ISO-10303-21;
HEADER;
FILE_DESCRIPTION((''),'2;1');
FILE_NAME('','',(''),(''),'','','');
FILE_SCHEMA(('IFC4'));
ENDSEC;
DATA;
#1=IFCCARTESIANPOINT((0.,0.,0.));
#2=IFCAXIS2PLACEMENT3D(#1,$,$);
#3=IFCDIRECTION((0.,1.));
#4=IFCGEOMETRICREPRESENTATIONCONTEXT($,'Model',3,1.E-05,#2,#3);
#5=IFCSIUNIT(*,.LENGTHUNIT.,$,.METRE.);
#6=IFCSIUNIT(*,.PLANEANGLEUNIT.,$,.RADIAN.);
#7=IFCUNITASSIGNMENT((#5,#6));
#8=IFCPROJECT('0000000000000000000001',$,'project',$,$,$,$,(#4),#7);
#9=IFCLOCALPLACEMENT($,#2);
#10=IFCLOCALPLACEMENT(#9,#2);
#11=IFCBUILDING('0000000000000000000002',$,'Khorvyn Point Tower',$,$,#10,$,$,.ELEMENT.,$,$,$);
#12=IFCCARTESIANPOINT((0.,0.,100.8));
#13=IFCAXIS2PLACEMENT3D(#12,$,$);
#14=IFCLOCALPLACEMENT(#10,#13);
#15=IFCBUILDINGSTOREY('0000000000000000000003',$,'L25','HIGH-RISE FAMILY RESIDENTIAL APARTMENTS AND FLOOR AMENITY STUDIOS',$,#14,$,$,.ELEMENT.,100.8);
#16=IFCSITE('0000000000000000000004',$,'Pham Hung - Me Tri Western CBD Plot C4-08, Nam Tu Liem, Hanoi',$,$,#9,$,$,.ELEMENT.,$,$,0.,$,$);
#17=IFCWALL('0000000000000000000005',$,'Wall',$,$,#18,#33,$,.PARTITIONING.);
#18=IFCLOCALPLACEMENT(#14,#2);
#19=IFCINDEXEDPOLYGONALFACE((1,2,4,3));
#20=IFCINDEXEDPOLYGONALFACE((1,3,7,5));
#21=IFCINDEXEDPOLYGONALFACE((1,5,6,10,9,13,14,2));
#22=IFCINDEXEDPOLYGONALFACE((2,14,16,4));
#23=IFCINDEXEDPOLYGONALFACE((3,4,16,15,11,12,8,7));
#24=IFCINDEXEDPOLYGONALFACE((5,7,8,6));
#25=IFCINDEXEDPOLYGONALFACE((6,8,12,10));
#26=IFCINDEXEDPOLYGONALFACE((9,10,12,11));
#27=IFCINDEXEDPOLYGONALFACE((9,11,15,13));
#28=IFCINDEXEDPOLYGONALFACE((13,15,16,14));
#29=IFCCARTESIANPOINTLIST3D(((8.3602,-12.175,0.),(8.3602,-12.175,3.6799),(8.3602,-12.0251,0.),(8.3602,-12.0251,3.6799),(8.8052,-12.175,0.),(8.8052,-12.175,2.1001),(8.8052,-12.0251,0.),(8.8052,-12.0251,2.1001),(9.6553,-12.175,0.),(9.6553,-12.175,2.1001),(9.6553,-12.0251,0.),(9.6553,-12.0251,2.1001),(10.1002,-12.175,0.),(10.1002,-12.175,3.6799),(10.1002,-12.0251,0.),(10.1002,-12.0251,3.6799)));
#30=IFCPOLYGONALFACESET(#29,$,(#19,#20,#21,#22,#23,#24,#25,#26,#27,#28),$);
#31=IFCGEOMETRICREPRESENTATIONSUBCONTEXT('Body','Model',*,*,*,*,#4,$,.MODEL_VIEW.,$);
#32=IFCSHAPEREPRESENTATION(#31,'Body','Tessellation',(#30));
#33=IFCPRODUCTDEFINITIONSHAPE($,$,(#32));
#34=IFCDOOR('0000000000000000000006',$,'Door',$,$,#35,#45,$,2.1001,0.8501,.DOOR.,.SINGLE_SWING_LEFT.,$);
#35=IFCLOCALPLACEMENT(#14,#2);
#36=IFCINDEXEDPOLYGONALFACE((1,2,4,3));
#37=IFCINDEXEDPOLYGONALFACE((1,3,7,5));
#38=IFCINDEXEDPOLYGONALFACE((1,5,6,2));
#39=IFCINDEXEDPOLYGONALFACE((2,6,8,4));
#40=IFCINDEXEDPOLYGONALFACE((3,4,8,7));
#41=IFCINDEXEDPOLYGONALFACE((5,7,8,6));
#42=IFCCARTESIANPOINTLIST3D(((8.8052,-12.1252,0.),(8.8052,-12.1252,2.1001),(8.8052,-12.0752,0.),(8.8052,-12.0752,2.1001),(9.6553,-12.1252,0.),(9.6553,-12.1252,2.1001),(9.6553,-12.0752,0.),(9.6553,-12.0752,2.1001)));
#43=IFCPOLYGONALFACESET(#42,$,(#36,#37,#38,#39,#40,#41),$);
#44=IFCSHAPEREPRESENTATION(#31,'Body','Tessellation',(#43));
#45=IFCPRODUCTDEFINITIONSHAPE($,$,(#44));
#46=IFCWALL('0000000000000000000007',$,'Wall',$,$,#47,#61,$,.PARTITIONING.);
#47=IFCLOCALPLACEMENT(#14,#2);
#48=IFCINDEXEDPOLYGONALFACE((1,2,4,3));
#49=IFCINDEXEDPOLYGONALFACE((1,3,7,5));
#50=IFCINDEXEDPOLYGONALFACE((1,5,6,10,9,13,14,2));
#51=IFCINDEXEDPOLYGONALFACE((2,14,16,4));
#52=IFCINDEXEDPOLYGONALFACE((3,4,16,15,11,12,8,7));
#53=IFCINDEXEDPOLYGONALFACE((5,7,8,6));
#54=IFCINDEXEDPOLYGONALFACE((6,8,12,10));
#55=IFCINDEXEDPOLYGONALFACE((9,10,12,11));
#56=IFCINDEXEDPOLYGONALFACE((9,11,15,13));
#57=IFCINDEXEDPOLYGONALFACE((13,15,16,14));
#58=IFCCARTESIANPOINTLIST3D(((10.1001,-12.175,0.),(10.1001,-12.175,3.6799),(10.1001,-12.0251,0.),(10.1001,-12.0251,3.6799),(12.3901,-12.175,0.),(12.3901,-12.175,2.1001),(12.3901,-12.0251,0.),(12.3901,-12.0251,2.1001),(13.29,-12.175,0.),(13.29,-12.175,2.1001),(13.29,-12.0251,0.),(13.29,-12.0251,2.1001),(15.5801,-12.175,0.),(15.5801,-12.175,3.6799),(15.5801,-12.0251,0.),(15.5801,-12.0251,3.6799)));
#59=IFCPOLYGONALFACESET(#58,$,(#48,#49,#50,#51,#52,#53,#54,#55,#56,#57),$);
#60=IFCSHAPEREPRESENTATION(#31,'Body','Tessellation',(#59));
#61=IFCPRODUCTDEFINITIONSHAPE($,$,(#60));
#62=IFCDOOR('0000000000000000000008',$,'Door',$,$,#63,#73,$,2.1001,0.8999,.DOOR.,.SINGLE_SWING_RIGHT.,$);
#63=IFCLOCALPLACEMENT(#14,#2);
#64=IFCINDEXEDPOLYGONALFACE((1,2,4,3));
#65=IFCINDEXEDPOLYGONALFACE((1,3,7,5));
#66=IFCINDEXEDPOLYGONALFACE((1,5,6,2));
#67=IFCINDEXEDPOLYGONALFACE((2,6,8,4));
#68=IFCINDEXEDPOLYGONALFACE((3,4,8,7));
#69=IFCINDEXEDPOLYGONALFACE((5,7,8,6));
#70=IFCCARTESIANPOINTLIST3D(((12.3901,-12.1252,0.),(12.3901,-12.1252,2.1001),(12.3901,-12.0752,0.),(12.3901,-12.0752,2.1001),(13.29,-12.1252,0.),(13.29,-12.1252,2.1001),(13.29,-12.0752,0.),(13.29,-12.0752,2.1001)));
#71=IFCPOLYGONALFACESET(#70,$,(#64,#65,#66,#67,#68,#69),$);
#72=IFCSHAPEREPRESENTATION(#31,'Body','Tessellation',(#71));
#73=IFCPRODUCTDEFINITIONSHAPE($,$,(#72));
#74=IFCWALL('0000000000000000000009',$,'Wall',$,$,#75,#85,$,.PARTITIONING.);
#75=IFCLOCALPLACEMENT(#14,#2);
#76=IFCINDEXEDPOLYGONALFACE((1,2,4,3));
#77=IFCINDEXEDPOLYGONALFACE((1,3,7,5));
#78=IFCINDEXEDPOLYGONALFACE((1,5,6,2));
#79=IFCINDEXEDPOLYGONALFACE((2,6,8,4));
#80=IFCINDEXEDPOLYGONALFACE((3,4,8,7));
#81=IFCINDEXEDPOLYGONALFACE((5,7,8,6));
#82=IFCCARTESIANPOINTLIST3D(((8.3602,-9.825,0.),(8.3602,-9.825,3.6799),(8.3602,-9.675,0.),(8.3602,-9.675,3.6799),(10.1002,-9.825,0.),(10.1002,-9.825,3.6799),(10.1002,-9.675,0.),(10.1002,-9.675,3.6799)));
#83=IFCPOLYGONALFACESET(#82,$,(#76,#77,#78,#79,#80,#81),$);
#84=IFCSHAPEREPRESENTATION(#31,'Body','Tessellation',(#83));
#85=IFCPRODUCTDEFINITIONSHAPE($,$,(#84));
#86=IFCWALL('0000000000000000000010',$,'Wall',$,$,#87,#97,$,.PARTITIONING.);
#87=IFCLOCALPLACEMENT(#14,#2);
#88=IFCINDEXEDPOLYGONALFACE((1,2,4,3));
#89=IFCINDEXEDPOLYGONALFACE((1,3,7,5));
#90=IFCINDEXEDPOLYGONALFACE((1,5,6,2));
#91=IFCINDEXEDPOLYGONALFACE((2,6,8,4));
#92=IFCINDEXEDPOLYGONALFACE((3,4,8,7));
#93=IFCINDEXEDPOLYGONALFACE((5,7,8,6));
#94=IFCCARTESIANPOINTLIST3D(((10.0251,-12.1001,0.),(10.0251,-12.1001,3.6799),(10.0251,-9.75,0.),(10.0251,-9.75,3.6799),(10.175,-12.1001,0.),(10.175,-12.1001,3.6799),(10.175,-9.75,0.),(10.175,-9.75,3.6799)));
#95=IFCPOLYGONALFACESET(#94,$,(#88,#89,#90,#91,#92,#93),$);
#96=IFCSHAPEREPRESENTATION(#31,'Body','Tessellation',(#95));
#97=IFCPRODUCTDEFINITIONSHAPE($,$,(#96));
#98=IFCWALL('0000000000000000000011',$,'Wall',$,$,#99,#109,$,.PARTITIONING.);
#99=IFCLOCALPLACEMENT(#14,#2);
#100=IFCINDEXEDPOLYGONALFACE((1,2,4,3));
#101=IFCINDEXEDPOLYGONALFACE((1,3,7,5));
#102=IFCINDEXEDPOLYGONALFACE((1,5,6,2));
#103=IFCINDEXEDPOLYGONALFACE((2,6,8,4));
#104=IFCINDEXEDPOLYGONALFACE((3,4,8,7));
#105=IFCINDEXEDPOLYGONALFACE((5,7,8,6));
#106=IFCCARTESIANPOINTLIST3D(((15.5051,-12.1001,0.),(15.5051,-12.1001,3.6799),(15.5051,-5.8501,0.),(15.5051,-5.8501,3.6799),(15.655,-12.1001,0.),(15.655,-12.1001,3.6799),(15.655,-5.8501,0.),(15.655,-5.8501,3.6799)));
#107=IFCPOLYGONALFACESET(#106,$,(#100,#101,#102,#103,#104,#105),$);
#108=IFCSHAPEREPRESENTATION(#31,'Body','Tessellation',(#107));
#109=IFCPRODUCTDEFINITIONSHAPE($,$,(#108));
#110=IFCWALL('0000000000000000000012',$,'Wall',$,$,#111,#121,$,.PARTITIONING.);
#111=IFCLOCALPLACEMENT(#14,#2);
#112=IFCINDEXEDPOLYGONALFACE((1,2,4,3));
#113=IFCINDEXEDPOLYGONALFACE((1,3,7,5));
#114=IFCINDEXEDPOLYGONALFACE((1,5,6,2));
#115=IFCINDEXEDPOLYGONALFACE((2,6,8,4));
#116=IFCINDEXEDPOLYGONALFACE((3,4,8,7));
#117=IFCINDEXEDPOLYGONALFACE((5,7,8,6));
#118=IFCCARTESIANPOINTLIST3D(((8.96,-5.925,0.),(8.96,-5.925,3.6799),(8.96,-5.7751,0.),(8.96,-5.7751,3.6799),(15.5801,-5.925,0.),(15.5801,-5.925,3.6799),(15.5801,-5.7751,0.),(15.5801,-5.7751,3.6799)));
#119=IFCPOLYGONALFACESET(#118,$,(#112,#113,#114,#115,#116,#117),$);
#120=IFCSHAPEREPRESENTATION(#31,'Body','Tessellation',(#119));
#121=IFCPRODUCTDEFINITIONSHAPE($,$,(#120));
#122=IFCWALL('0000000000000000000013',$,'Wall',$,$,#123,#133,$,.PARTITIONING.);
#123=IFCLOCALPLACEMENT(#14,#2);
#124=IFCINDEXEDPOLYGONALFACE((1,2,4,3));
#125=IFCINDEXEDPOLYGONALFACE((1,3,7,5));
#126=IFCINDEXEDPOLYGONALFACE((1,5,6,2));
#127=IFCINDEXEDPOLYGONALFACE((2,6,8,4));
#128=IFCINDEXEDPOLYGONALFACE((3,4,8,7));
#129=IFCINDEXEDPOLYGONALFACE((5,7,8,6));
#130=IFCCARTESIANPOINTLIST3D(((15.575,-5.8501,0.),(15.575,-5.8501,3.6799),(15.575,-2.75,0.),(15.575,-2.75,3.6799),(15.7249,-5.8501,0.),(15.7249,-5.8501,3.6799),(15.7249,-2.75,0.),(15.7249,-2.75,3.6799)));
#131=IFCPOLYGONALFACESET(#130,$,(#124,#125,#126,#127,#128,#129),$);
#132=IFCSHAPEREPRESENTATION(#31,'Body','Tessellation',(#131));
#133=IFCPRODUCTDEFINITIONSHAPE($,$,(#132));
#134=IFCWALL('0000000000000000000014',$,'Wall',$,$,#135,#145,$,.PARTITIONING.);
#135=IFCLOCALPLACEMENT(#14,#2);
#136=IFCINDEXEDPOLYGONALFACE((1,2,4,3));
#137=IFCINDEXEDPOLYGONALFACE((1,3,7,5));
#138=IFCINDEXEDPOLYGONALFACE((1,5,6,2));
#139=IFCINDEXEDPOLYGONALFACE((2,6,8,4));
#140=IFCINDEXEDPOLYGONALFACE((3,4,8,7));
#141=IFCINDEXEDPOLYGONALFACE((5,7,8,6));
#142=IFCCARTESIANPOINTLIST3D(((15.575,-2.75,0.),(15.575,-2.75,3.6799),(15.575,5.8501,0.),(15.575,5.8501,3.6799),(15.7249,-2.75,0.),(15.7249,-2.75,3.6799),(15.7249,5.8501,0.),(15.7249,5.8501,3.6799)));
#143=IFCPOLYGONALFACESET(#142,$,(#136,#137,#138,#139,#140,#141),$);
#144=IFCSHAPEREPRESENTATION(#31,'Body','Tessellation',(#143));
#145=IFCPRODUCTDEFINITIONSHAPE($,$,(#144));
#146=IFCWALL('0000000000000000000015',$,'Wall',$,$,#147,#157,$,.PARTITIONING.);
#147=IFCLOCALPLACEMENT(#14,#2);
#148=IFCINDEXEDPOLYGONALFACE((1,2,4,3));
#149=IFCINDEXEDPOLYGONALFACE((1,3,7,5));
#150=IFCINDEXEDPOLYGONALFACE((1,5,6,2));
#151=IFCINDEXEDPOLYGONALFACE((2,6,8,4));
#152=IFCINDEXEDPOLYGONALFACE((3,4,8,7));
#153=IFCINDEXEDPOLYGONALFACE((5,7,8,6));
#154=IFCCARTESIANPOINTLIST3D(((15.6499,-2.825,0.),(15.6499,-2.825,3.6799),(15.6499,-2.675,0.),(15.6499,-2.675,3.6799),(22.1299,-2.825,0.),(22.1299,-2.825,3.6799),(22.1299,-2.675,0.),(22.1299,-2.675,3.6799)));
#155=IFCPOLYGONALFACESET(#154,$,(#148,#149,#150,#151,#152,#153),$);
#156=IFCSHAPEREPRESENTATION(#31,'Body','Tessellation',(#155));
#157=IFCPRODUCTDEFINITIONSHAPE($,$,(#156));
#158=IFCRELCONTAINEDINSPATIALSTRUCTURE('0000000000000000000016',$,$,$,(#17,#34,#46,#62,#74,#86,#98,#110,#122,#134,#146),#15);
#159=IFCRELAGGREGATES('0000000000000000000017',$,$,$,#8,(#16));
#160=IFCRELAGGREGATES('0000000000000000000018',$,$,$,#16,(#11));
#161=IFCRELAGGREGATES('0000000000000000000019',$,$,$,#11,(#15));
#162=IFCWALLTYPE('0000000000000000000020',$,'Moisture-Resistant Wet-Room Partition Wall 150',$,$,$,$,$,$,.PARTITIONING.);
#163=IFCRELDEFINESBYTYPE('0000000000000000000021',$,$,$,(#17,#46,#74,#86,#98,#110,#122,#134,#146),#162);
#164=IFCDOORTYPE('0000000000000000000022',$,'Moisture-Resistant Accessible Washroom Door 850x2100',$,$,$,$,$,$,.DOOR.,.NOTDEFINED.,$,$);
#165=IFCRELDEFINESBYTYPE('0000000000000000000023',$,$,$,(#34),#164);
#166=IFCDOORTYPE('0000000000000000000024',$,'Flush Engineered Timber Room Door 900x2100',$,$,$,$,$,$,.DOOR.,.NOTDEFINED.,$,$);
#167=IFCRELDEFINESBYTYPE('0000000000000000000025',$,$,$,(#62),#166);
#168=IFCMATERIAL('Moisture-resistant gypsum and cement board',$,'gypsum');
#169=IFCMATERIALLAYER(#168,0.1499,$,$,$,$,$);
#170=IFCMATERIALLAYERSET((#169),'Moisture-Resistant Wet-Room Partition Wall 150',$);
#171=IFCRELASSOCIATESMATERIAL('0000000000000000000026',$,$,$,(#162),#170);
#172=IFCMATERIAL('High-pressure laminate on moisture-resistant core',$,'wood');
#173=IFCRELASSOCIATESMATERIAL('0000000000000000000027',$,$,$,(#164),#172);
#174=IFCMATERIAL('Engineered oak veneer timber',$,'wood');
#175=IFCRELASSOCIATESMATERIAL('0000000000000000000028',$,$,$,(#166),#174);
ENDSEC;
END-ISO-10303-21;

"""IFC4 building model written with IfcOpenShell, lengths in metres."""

from ifc_helpers import new_model, si_unit, direction, frame, frame_2d, origin, place, context, subcontext, project, spatial, rectangle, extrude, material, layer, layer_set, type_object, element, fill, save


model = new_model("IFC4")

# Units and contexts
model_context = context("Model", 3, precision=1e-05, world=origin(), true_north=direction((0.0, 1.0)))
body_context = subcontext(model_context, "Body", "Model", "MODEL_VIEW")
ifc_project = project(units=[si_unit("LENGTHUNIT", "METRE"), si_unit("PLANEANGLEUNIT", "RADIAN")], contexts=[model_context])

# Site, building, storey
site_placement = place(None, origin())
site = spatial("IfcSite", under=ifc_project, at=site_placement, Name="Pham Hung - Me Tri Western CBD Plot C4-08, Nam Tu Liem, Hanoi", CompositionType="ELEMENT", RefElevation=0.0)
building_placement = place(site_placement, origin())
building = spatial("IfcBuilding", under=site, at=building_placement, Name="Khorvyn Point Tower", CompositionType="ELEMENT")
storey_placement = place(building_placement, frame((0.0, 0.0, 100.8)))
storey = spatial("IfcBuildingStorey", under=building, at=storey_placement, Name="L25", Description="HIGH-RISE FAMILY RESIDENTIAL APARTMENTS AND FLOOR AMENITY STUDIOS", CompositionType="ELEMENT", Elevation=100.8)

# Walls, openings, doors
ifc_material_1 = material(Name="Moisture-resistant gypsum and cement board", Category="gypsum")
ifc_layer_1 = layer(ifc_material_1, 0.1499)
ifc_layer_set_1 = layer_set([ifc_layer_1], Name="Moisture-Resistant Wet-Room Partition Wall 150")
wall_type_1 = type_object("IfcWallType", Name="Moisture-Resistant Wet-Room Partition Wall 150", PredefinedType="PARTITIONING", material=ifc_layer_set_1)
wall_1_placement = place(storey_placement, frame((8.3601, -12.1001, 0.0), z_axis=(0.0, 0.0, 1.0), x_axis=(1.0, 0.0, 0.0)))
wall_1 = element("IfcWall", 1, at=wall_1_placement, inside=storey, type_object=wall_type_1, Name="Wall", PredefinedType="PARTITIONING", context=body_context, shape_type="SweptSolid", body=[
    extrude(rectangle(XDim=1.74, YDim=0.1499, at=frame_2d((0.8701, 0.0))), origin(), (0.0, 0.0, 1.0), 3.6799),
])
opening_1_placement = place(wall_1_placement, frame((0.4451, 0.0, 0.0)))
opening_1 = element("IfcOpeningElement", 2, at=opening_1_placement, cuts=wall_1, PredefinedType="OPENING", context=body_context, shape_type="SweptSolid", body=[
    extrude(rectangle(XDim=0.8501, YDim=2.1001, at=frame_2d((0.425, 1.05))), frame((0.0, 0.085, 0.0), z_axis=(0.0, -1.0, 0.0), x_axis=(1.0, 0.0, 0.0)), (0.0, 0.0, 1.0), 0.1699),
])
ifc_material_2 = material(Name="High-pressure laminate on moisture-resistant core", Category="wood")
door_type_1 = type_object("IfcDoorType", Name="Moisture-Resistant Accessible Washroom Door 850x2100", OperationType="NOTDEFINED", PredefinedType="DOOR", material=ifc_material_2)
door_1_placement = place(opening_1_placement, origin())
door_1 = element("IfcDoor", 3, at=door_1_placement, inside=storey, type_object=door_type_1, Name="Door", OperationType="SINGLE_SWING_LEFT", OverallHeight=2.1001, OverallWidth=0.8501, PredefinedType="DOOR", context=body_context, shape_type="SweptSolid", body=[
    extrude(rectangle(XDim=0.8501, YDim=2.1001, at=frame_2d((0.425, 1.05))), frame((0.0, 0.0249, 0.0), z_axis=(0.0, -1.0, 0.0), x_axis=(1.0, 0.0, 0.0)), (0.0, 0.0, 1.0), 0.05),
])
fill(opening_1, door_1)
wall_2_placement = place(storey_placement, frame((10.1001, -12.1001, 0.0), z_axis=(0.0, 0.0, 1.0), x_axis=(1.0, 0.0, 0.0)))
wall_2 = element("IfcWall", 4, at=wall_2_placement, inside=storey, type_object=wall_type_1, Name="Wall", PredefinedType="PARTITIONING", context=body_context, shape_type="SweptSolid", body=[
    extrude(rectangle(XDim=5.48, YDim=0.1499, at=frame_2d((2.74, 0.0))), origin(), (0.0, 0.0, 1.0), 3.6799),
])
opening_2_placement = place(wall_2_placement, frame((2.29, 0.0, 0.0)))
opening_2 = element("IfcOpeningElement", 5, at=opening_2_placement, cuts=wall_2, PredefinedType="OPENING", context=body_context, shape_type="SweptSolid", body=[
    extrude(rectangle(XDim=0.8999, YDim=2.1001, at=frame_2d((0.45, 1.05))), frame((0.0, 0.085, 0.0), z_axis=(0.0, -1.0, 0.0), x_axis=(1.0, 0.0, 0.0)), (0.0, 0.0, 1.0), 0.1699),
])
ifc_material_3 = material(Name="Engineered oak veneer timber", Category="wood")
door_type_2 = type_object("IfcDoorType", Name="Flush Engineered Timber Room Door 900x2100", OperationType="NOTDEFINED", PredefinedType="DOOR", material=ifc_material_3)
door_2_placement = place(opening_2_placement, origin())
door_2 = element("IfcDoor", 6, at=door_2_placement, inside=storey, type_object=door_type_2, Name="Door", OperationType="SINGLE_SWING_RIGHT", OverallHeight=2.1001, OverallWidth=0.8999, PredefinedType="DOOR", context=body_context, shape_type="SweptSolid", body=[
    extrude(rectangle(XDim=0.8999, YDim=2.1001, at=frame_2d((0.45, 1.05))), frame((0.0, 0.0249, 0.0), z_axis=(0.0, -1.0, 0.0), x_axis=(1.0, 0.0, 0.0)), (0.0, 0.0, 1.0), 0.05),
])
fill(opening_2, door_2)

# Walls
wall_3_placement = place(storey_placement, frame((8.3601, -9.75, 0.0), z_axis=(0.0, 0.0, 1.0), x_axis=(1.0, 0.0, 0.0)))
element("IfcWall", 7, at=wall_3_placement, inside=storey, type_object=wall_type_1, Name="Wall", PredefinedType="PARTITIONING", context=body_context, shape_type="SweptSolid", body=[
    extrude(rectangle(XDim=1.74, YDim=0.1499, at=frame_2d((0.8701, 0.0))), origin(), (0.0, 0.0, 1.0), 3.6799),
])
wall_4_placement = place(storey_placement, frame((10.1001, -12.1001, 0.0), z_axis=(0.0, 0.0, 1.0), x_axis=(0.0, 1.0, 0.0)))
element("IfcWall", 8, at=wall_4_placement, inside=storey, type_object=wall_type_1, Name="Wall", PredefinedType="PARTITIONING", context=body_context, shape_type="SweptSolid", body=[
    extrude(rectangle(XDim=2.3501, YDim=0.1499, at=frame_2d((1.175, 0.0))), origin(), (0.0, 0.0, 1.0), 3.6799),
])
wall_5_placement = place(storey_placement, frame((15.5801, -12.1001, 0.0), z_axis=(0.0, 0.0, 1.0), x_axis=(0.0, 1.0, 0.0)))
element("IfcWall", 9, at=wall_5_placement, inside=storey, type_object=wall_type_1, Name="Wall", PredefinedType="PARTITIONING", context=body_context, shape_type="SweptSolid", body=[
    extrude(rectangle(XDim=6.25, YDim=0.1499, at=frame_2d((3.125, 0.0))), origin(), (0.0, 0.0, 1.0), 3.6799),
])
wall_6_placement = place(storey_placement, frame((8.96, -5.8501, 0.0), z_axis=(0.0, 0.0, 1.0), x_axis=(1.0, 0.0, 0.0)))
element("IfcWall", 10, at=wall_6_placement, inside=storey, type_object=wall_type_1, Name="Wall", PredefinedType="PARTITIONING", context=body_context, shape_type="SweptSolid", body=[
    extrude(rectangle(XDim=6.6201, YDim=0.1499, at=frame_2d((3.3101, 0.0))), origin(), (0.0, 0.0, 1.0), 3.6799),
])
wall_7_placement = place(storey_placement, frame((15.6499, -5.8501, 0.0), z_axis=(0.0, 0.0, 1.0), x_axis=(0.0, 1.0, 0.0)))
element("IfcWall", 11, at=wall_7_placement, inside=storey, type_object=wall_type_1, Name="Wall", PredefinedType="PARTITIONING", context=body_context, shape_type="SweptSolid", body=[
    extrude(rectangle(XDim=3.1001, YDim=0.1499, at=frame_2d((1.55, 0.0))), origin(), (0.0, 0.0, 1.0), 3.6799),
])
wall_8_placement = place(storey_placement, frame((15.6499, -2.75, 0.0), z_axis=(0.0, 0.0, 1.0), x_axis=(0.0, 1.0, 0.0)))
element("IfcWall", 12, at=wall_8_placement, inside=storey, type_object=wall_type_1, Name="Wall", PredefinedType="PARTITIONING", context=body_context, shape_type="SweptSolid", body=[
    extrude(rectangle(XDim=8.6001, YDim=0.1499, at=frame_2d((4.3, 0.0))), origin(), (0.0, 0.0, 1.0), 3.6799),
])
wall_9_placement = place(storey_placement, frame((15.6499, -2.75, 0.0), z_axis=(0.0, 0.0, 1.0), x_axis=(1.0, 0.0, 0.0)))
element("IfcWall", 13, at=wall_9_placement, inside=storey, type_object=wall_type_1, Name="Wall", PredefinedType="PARTITIONING", context=body_context, shape_type="SweptSolid", body=[
    extrude(rectangle(XDim=6.48, YDim=0.1499, at=frame_2d((3.24, 0.0))), origin(), (0.0, 0.0, 1.0), 3.6799),
])

save(model, "model.ifc")
